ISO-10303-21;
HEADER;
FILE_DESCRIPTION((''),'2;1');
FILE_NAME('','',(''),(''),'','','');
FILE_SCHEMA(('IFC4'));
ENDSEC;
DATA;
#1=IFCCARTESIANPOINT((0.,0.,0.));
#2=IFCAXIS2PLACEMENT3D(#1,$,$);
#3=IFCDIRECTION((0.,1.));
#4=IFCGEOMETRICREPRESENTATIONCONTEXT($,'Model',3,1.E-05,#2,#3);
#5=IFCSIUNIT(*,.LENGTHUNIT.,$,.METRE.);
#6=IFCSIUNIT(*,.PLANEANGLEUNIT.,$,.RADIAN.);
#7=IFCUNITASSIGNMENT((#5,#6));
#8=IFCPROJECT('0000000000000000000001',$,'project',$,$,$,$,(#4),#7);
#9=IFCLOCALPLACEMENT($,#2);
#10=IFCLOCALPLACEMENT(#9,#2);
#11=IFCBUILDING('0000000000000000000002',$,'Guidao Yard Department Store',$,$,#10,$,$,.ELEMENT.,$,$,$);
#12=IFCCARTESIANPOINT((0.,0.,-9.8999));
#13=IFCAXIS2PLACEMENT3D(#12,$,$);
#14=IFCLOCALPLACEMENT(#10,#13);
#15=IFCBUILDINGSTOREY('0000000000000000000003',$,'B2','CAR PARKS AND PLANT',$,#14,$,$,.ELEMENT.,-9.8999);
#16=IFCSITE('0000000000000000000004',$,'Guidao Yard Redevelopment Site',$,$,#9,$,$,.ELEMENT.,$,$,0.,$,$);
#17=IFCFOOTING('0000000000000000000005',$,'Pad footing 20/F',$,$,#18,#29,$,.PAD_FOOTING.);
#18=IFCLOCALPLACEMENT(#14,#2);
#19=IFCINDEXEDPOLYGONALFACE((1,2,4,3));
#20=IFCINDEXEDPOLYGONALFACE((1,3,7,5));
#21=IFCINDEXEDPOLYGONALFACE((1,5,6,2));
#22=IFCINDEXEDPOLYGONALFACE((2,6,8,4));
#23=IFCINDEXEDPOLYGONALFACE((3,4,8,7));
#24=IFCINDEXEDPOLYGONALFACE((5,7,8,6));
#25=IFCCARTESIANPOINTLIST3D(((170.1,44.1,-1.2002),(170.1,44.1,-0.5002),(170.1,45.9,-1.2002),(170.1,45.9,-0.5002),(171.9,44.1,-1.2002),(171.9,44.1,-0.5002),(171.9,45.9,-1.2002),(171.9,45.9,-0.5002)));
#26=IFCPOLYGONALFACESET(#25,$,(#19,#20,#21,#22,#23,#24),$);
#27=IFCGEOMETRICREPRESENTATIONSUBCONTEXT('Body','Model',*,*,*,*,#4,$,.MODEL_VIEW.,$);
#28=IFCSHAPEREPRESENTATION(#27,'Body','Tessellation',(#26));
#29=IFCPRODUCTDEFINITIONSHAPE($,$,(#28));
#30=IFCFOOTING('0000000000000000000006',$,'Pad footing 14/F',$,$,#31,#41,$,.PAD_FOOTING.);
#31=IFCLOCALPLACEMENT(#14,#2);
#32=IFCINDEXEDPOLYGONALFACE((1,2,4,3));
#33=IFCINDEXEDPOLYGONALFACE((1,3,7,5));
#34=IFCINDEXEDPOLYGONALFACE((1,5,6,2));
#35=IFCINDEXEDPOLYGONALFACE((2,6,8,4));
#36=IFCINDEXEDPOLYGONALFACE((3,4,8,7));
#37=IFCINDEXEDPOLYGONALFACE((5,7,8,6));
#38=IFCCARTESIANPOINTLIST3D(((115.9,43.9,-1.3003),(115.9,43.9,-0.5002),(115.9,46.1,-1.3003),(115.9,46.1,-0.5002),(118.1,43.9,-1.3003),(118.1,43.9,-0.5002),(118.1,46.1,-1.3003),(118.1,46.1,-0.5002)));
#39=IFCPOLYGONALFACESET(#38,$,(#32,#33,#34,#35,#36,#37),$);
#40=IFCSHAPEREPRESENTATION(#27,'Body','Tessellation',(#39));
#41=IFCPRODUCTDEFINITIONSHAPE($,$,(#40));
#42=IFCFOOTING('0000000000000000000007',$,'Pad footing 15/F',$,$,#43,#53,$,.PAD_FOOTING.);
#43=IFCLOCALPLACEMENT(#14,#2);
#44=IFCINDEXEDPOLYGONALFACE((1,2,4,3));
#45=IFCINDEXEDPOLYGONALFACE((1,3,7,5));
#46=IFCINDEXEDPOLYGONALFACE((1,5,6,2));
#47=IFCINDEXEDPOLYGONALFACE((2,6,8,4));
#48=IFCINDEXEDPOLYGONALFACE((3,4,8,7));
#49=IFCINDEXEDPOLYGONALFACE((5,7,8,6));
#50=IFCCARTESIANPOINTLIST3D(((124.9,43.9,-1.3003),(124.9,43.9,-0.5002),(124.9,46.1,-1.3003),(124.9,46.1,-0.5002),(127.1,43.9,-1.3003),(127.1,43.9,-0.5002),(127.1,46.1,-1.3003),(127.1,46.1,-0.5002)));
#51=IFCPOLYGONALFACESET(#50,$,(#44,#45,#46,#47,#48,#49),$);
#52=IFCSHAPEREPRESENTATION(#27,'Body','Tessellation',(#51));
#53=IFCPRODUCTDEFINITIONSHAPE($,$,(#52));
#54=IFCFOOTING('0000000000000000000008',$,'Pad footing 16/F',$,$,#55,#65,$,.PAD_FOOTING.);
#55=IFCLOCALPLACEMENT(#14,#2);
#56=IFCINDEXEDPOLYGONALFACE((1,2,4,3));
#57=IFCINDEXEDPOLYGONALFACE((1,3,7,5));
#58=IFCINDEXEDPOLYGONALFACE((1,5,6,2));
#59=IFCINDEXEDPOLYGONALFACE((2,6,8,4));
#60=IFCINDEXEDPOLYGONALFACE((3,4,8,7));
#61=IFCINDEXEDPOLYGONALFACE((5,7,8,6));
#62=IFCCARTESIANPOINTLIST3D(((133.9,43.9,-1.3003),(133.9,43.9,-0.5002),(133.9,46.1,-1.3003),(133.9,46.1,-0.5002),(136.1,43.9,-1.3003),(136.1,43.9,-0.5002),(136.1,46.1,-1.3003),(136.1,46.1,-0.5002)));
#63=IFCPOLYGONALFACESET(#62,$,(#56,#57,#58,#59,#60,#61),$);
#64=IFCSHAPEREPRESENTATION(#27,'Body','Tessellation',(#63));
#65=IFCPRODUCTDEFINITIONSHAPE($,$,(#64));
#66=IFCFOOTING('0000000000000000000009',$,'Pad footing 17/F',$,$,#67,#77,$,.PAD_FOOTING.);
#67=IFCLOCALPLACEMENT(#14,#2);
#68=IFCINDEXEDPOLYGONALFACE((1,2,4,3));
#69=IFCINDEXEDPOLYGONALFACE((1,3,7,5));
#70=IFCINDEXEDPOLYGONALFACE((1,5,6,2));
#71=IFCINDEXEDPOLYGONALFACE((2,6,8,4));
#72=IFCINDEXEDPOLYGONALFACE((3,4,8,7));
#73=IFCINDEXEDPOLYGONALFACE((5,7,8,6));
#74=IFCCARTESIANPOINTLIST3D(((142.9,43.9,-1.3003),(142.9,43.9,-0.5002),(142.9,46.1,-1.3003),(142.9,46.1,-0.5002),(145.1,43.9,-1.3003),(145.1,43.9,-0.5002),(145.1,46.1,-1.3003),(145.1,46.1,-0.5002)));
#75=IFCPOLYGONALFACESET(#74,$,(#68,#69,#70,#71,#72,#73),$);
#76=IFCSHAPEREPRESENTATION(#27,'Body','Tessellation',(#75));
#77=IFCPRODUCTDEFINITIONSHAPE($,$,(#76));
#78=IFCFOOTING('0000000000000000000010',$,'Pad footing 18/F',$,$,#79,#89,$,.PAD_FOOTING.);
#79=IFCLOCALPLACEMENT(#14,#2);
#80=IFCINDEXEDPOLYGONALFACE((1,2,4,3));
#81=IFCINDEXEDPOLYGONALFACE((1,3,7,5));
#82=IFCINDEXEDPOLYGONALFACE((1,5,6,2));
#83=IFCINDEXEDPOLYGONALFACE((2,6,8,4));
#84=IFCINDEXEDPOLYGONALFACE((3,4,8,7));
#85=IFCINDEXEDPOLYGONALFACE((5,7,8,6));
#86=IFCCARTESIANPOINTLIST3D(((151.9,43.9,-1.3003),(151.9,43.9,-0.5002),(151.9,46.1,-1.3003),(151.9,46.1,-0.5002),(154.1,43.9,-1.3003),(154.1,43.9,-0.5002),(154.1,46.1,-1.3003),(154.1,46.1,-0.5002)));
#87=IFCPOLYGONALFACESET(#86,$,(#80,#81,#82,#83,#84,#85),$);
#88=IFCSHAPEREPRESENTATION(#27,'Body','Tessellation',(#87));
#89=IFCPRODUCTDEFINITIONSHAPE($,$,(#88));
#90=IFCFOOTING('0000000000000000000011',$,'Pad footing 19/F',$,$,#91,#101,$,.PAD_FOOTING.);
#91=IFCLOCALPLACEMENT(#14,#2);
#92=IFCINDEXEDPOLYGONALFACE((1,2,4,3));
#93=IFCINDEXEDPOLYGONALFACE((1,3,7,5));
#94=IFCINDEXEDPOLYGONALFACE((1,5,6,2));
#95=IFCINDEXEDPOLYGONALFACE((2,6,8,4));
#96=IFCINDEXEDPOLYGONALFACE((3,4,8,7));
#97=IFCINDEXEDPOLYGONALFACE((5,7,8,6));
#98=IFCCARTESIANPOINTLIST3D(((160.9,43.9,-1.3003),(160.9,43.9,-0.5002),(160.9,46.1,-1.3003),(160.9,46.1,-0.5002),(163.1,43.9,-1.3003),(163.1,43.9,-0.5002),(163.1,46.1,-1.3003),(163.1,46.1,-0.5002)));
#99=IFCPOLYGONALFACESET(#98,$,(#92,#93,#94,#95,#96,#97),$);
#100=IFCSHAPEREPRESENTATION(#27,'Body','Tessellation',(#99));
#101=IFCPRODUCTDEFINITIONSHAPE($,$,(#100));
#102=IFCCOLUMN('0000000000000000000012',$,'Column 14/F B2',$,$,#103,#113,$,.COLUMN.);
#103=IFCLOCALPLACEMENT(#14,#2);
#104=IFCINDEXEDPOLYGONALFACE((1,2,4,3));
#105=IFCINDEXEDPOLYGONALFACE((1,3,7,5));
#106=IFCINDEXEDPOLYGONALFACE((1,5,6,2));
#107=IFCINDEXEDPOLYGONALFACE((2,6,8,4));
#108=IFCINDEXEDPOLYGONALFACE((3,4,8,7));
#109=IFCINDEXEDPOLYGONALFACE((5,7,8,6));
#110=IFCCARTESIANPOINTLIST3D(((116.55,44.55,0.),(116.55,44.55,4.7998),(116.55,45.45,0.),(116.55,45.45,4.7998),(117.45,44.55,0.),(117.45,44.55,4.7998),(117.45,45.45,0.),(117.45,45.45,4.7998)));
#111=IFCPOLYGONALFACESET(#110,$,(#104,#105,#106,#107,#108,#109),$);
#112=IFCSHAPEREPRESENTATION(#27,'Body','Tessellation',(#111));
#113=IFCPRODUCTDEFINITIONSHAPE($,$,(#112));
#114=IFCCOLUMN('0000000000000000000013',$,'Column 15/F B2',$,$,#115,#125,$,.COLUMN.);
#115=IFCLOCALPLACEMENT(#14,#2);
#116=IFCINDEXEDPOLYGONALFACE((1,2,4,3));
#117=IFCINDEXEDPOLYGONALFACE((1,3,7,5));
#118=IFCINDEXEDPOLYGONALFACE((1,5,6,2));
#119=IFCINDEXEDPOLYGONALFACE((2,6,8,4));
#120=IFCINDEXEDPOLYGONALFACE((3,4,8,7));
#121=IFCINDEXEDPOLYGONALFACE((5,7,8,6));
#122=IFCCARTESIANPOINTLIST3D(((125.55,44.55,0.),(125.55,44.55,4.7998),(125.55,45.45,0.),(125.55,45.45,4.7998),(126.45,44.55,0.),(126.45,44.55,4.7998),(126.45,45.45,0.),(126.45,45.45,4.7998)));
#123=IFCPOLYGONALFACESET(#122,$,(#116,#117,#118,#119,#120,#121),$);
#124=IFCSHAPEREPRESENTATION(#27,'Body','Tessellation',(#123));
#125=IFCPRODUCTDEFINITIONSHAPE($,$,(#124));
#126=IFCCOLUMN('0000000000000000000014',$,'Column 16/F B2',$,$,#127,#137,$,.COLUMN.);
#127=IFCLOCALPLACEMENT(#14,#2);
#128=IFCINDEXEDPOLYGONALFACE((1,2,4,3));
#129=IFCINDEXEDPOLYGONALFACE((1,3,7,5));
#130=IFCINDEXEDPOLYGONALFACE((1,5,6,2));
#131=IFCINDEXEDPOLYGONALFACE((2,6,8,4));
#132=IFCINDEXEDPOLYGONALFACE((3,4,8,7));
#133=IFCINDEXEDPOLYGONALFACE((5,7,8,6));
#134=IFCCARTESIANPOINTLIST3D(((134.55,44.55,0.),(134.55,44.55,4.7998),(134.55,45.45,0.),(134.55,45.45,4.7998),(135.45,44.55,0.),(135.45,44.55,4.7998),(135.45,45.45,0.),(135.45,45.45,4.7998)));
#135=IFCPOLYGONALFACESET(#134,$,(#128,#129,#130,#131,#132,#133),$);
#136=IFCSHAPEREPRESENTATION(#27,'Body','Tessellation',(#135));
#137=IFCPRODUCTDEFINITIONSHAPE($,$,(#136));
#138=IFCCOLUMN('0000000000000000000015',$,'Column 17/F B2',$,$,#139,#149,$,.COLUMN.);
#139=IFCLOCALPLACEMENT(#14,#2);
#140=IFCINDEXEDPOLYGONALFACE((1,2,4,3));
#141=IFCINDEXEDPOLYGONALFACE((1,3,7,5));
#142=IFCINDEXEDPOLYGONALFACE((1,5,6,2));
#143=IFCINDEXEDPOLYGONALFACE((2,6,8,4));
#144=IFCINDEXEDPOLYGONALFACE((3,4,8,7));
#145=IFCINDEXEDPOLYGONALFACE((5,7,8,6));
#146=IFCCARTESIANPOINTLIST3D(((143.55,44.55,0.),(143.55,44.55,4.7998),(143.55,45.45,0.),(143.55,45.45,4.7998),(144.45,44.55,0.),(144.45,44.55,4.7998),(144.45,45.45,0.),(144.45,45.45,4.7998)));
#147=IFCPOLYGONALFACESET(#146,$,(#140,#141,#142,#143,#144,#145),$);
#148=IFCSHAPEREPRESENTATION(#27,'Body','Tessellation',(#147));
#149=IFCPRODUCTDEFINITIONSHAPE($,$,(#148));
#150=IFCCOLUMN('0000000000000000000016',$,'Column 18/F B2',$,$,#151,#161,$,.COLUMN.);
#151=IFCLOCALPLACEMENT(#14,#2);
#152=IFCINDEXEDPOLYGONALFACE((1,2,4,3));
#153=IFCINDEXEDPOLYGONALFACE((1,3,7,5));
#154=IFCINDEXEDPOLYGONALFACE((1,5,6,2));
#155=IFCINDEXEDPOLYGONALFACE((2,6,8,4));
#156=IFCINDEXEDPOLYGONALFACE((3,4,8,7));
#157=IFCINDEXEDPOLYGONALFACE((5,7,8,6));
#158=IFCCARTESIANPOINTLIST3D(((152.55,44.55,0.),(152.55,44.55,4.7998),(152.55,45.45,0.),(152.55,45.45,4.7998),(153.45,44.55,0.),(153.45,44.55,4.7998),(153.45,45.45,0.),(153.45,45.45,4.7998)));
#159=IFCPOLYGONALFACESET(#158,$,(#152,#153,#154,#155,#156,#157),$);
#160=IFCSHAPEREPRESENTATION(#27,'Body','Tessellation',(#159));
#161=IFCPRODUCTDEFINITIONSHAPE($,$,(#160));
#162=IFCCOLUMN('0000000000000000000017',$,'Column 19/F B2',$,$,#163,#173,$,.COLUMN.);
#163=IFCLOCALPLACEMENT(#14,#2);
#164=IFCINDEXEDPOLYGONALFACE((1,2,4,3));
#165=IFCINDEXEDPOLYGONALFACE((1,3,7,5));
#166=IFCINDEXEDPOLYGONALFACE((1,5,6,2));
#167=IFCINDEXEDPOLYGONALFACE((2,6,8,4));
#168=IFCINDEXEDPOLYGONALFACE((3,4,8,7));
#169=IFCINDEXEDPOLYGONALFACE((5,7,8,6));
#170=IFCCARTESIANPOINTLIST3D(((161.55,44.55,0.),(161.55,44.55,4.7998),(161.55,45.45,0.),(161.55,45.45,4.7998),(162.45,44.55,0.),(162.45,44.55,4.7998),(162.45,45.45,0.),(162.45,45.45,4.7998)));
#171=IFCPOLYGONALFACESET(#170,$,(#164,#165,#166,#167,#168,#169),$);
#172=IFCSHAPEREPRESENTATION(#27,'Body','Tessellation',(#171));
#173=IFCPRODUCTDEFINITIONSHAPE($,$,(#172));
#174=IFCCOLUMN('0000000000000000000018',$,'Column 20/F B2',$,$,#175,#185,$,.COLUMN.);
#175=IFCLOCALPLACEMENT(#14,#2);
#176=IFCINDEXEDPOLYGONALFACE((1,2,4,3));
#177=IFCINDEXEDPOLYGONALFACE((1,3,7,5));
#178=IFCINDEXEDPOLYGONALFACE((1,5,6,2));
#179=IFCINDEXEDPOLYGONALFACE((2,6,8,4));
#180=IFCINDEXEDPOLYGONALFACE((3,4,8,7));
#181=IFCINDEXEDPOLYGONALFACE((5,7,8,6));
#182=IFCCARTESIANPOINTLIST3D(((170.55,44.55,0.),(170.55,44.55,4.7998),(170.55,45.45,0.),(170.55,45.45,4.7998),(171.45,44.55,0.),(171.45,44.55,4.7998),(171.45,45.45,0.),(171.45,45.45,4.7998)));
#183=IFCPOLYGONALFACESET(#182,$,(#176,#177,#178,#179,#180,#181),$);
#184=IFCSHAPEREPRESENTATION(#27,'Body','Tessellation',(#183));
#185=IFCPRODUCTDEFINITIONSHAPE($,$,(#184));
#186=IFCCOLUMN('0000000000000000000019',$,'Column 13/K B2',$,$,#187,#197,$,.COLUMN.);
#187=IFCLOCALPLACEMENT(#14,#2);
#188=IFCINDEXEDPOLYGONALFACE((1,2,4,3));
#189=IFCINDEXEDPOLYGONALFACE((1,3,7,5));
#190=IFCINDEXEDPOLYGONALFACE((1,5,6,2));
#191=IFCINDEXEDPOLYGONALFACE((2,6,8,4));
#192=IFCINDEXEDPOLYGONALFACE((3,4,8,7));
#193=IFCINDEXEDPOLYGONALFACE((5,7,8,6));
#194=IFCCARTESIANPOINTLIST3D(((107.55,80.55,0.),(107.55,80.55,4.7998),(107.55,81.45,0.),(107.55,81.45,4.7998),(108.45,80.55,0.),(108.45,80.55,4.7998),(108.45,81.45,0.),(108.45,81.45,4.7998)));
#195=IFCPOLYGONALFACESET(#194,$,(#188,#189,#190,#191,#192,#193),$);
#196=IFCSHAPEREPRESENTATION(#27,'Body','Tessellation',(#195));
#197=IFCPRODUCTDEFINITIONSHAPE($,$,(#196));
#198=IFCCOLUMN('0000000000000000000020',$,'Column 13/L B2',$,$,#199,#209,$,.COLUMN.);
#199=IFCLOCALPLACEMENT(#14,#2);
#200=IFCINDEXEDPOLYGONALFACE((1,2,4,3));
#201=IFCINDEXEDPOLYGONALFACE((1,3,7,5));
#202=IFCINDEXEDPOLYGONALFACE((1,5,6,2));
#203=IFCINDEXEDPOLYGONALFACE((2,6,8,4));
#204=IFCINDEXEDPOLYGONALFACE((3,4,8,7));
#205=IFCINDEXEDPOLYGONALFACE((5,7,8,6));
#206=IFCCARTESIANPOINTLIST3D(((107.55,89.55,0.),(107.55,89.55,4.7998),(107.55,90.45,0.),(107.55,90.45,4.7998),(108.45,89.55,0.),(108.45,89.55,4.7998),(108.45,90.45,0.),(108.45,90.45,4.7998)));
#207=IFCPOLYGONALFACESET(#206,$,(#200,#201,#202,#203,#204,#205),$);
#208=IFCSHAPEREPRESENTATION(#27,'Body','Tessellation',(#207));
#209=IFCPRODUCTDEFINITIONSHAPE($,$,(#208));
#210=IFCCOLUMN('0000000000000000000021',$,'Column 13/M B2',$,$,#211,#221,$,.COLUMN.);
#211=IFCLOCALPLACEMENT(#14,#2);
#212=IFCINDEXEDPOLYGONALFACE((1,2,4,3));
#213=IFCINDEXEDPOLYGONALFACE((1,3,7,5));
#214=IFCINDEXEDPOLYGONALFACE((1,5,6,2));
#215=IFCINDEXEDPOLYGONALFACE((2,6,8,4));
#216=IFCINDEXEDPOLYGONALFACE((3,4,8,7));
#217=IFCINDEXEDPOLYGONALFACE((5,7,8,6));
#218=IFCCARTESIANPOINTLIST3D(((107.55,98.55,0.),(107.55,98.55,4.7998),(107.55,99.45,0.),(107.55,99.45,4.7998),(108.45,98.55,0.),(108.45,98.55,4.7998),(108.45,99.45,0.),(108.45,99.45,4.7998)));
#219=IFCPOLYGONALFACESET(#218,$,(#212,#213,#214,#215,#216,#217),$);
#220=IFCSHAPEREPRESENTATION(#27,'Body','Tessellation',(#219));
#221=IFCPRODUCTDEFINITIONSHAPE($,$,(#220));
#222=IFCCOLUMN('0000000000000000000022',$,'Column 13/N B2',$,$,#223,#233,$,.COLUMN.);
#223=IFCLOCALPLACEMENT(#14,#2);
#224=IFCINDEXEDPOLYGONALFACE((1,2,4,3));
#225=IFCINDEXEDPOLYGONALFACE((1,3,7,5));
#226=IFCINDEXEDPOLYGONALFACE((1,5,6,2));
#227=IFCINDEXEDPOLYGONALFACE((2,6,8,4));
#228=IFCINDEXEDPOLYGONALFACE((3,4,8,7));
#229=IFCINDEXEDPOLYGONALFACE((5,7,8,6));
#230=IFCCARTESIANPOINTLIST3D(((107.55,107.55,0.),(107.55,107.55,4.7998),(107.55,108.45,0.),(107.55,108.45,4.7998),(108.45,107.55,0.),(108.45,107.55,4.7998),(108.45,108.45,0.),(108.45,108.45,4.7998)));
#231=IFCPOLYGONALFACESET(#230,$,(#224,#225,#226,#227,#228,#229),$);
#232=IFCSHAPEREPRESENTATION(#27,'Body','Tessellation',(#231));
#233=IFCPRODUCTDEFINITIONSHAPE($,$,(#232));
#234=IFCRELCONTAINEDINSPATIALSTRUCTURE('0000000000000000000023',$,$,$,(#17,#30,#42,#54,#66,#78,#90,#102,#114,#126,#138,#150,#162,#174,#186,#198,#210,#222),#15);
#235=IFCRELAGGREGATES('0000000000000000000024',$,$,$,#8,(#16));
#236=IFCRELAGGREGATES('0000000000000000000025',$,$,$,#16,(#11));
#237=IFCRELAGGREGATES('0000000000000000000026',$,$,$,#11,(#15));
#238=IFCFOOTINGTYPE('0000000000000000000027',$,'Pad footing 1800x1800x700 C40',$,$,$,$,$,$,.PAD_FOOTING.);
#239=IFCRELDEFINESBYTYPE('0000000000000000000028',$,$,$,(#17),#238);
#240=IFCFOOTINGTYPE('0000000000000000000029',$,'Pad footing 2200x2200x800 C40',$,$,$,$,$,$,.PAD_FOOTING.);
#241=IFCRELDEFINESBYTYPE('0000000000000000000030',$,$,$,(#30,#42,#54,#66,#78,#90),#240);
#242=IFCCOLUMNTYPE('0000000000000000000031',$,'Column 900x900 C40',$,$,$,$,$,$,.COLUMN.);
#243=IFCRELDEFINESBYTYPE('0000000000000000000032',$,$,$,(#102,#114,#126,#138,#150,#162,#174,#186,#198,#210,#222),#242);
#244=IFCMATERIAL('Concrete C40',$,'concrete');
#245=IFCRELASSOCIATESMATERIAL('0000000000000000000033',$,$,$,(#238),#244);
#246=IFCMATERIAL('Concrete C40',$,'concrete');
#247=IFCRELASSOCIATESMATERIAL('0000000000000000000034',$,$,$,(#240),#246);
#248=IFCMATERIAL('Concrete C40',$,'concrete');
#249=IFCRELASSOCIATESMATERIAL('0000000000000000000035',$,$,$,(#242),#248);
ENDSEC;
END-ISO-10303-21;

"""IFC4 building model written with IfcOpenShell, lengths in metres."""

from ifc_helpers import new_model, si_unit, direction, frame, origin, origin_2d, place, context, subcontext, project, spatial, rectangle, extrude, material, material_profile, profile_set, type_object, element, save


model = new_model("IFC4")

# Units and contexts
model_context = context("Model", 3, precision=1e-05, world=origin(), true_north=direction((0.0, 1.0)))
body_context = subcontext(model_context, "Body", "Model", "MODEL_VIEW")
ifc_project = project(units=[si_unit("LENGTHUNIT", "METRE"), si_unit("PLANEANGLEUNIT", "RADIAN")], contexts=[model_context])

# Site, building, storey
site_placement = place(None, origin())
site = spatial("IfcSite", under=ifc_project, at=site_placement, Name="Guidao Yard Redevelopment Site", CompositionType="ELEMENT", RefElevation=0.0)
building_placement = place(site_placement, origin())
building = spatial("IfcBuilding", under=site, at=building_placement, Name="Guidao Yard Department Store", CompositionType="ELEMENT")
storey_placement = place(building_placement, frame((0.0, 0.0, -9.8999)))
storey = spatial("IfcBuildingStorey", under=building, at=storey_placement, Name="B2", Description="CAR PARKS AND PLANT", CompositionType="ELEMENT", Elevation=-9.8999)

# Footings
ifc_material_1 = material(Name="Concrete C40", Category="concrete")
footing_type_1 = type_object("IfcFootingType", Name="Pad footing 1800x1800x700 C40", PredefinedType="PAD_FOOTING", material=ifc_material_1)
footing_placement = place(storey_placement, frame((171.0, 45.0, -1.2002), z_axis=(0.0, 0.0, 1.0), x_axis=(1.0, 0.0, 0.0)))
element("IfcFooting", 1, at=footing_placement, inside=storey, type_object=footing_type_1, Name="Pad footing 20/F", PredefinedType="PAD_FOOTING", context=body_context, shape_type="SweptSolid", body=[
    extrude(rectangle(XDim=1.8, YDim=1.8, at=origin_2d()), origin(), (0.0, 0.0, 1.0), 0.7),
])
ifc_material_2 = material(Name="Concrete C40", Category="concrete")
footing_type_2 = type_object("IfcFootingType", Name="Pad footing 2200x2200x800 C40", PredefinedType="PAD_FOOTING", material=ifc_material_2)
for number, where, z_axis, x_axis, name in (
    (2, (117.0, 45.0, -1.3003), (0.0, 0.0, 1.0), (1.0, 0.0, 0.0), "Pad footing 14/F"),
    (3, (126.0, 45.0, -1.3003), (0.0, 0.0, 1.0), (1.0, 0.0, 0.0), "Pad footing 15/F"),
    (4, (135.0, 45.0, -1.3003), (0.0, 0.0, 1.0), (1.0, 0.0, 0.0), "Pad footing 16/F"),
    (5, (144.0, 45.0, -1.3003), (0.0, 0.0, 1.0), (1.0, 0.0, 0.0), "Pad footing 17/F"),
    (6, (153.0, 45.0, -1.3003), (0.0, 0.0, 1.0), (1.0, 0.0, 0.0), "Pad footing 18/F"),
    (7, (162.0, 45.0, -1.3003), (0.0, 0.0, 1.0), (1.0, 0.0, 0.0), "Pad footing 19/F"),
):
    element("IfcFooting", number, at=place(storey_placement, frame(where, z_axis=z_axis, x_axis=x_axis)), inside=storey, type_object=footing_type_2, Name=name, PredefinedType="PAD_FOOTING", context=body_context, shape_type="SweptSolid", body=[
        extrude(rectangle(XDim=2.2, YDim=2.2, at=origin_2d()), origin(), (0.0, 0.0, 1.0), 0.8),
    ])

# Columns
ifc_material_3 = material(Name="Concrete C40", Category="concrete")
ifc_material_profile = material_profile(ifc_material_3, rectangle(XDim=0.8999, YDim=0.8999, at=origin_2d()), Name="COL 900x900")
ifc_profile_set = profile_set([ifc_material_profile], Name="Concrete C40")
column_type = type_object("IfcColumnType", Name="Column 900x900 C40", PredefinedType="COLUMN", material=ifc_profile_set)
for number, where, z_axis, x_axis, name in (
    (8, (117.0, 45.0, 0.0), (0.0, 0.0, 1.0), (1.0, 0.0, 0.0), "Column 14/F B2"),
    (9, (126.0, 45.0, 0.0), (0.0, 0.0, 1.0), (1.0, 0.0, 0.0), "Column 15/F B2"),
    (10, (135.0, 45.0, 0.0), (0.0, 0.0, 1.0), (1.0, 0.0, 0.0), "Column 16/F B2"),
    (11, (144.0, 45.0, 0.0), (0.0, 0.0, 1.0), (1.0, 0.0, 0.0), "Column 17/F B2"),
    (12, (153.0, 45.0, 0.0), (0.0, 0.0, 1.0), (1.0, 0.0, 0.0), "Column 18/F B2"),
    (13, (162.0, 45.0, 0.0), (0.0, 0.0, 1.0), (1.0, 0.0, 0.0), "Column 19/F B2"),
    (14, (171.0, 45.0, 0.0), (0.0, 0.0, 1.0), (1.0, 0.0, 0.0), "Column 20/F B2"),
    (15, (108.0, 81.0, 0.0), (0.0, 0.0, 1.0), (1.0, 0.0, 0.0), "Column 13/K B2"),
    (16, (108.0, 90.0, 0.0), (0.0, 0.0, 1.0), (1.0, 0.0, 0.0), "Column 13/L B2"),
    (17, (108.0, 99.0, 0.0), (0.0, 0.0, 1.0), (1.0, 0.0, 0.0), "Column 13/M B2"),
    (18, (108.0, 108.0, 0.0), (0.0, 0.0, 1.0), (1.0, 0.0, 0.0), "Column 13/N B2"),
):
    element("IfcColumn", number, at=place(storey_placement, frame(where, z_axis=z_axis, x_axis=x_axis)), inside=storey, type_object=column_type, Name=name, PredefinedType="COLUMN", context=body_context, shape_type="SweptSolid", body=[
        extrude(rectangle(XDim=0.8999, YDim=0.8999, at=origin_2d()), origin(), (0.0, 0.0, 1.0), 4.7998),
    ])

save(model, "model.ifc")
